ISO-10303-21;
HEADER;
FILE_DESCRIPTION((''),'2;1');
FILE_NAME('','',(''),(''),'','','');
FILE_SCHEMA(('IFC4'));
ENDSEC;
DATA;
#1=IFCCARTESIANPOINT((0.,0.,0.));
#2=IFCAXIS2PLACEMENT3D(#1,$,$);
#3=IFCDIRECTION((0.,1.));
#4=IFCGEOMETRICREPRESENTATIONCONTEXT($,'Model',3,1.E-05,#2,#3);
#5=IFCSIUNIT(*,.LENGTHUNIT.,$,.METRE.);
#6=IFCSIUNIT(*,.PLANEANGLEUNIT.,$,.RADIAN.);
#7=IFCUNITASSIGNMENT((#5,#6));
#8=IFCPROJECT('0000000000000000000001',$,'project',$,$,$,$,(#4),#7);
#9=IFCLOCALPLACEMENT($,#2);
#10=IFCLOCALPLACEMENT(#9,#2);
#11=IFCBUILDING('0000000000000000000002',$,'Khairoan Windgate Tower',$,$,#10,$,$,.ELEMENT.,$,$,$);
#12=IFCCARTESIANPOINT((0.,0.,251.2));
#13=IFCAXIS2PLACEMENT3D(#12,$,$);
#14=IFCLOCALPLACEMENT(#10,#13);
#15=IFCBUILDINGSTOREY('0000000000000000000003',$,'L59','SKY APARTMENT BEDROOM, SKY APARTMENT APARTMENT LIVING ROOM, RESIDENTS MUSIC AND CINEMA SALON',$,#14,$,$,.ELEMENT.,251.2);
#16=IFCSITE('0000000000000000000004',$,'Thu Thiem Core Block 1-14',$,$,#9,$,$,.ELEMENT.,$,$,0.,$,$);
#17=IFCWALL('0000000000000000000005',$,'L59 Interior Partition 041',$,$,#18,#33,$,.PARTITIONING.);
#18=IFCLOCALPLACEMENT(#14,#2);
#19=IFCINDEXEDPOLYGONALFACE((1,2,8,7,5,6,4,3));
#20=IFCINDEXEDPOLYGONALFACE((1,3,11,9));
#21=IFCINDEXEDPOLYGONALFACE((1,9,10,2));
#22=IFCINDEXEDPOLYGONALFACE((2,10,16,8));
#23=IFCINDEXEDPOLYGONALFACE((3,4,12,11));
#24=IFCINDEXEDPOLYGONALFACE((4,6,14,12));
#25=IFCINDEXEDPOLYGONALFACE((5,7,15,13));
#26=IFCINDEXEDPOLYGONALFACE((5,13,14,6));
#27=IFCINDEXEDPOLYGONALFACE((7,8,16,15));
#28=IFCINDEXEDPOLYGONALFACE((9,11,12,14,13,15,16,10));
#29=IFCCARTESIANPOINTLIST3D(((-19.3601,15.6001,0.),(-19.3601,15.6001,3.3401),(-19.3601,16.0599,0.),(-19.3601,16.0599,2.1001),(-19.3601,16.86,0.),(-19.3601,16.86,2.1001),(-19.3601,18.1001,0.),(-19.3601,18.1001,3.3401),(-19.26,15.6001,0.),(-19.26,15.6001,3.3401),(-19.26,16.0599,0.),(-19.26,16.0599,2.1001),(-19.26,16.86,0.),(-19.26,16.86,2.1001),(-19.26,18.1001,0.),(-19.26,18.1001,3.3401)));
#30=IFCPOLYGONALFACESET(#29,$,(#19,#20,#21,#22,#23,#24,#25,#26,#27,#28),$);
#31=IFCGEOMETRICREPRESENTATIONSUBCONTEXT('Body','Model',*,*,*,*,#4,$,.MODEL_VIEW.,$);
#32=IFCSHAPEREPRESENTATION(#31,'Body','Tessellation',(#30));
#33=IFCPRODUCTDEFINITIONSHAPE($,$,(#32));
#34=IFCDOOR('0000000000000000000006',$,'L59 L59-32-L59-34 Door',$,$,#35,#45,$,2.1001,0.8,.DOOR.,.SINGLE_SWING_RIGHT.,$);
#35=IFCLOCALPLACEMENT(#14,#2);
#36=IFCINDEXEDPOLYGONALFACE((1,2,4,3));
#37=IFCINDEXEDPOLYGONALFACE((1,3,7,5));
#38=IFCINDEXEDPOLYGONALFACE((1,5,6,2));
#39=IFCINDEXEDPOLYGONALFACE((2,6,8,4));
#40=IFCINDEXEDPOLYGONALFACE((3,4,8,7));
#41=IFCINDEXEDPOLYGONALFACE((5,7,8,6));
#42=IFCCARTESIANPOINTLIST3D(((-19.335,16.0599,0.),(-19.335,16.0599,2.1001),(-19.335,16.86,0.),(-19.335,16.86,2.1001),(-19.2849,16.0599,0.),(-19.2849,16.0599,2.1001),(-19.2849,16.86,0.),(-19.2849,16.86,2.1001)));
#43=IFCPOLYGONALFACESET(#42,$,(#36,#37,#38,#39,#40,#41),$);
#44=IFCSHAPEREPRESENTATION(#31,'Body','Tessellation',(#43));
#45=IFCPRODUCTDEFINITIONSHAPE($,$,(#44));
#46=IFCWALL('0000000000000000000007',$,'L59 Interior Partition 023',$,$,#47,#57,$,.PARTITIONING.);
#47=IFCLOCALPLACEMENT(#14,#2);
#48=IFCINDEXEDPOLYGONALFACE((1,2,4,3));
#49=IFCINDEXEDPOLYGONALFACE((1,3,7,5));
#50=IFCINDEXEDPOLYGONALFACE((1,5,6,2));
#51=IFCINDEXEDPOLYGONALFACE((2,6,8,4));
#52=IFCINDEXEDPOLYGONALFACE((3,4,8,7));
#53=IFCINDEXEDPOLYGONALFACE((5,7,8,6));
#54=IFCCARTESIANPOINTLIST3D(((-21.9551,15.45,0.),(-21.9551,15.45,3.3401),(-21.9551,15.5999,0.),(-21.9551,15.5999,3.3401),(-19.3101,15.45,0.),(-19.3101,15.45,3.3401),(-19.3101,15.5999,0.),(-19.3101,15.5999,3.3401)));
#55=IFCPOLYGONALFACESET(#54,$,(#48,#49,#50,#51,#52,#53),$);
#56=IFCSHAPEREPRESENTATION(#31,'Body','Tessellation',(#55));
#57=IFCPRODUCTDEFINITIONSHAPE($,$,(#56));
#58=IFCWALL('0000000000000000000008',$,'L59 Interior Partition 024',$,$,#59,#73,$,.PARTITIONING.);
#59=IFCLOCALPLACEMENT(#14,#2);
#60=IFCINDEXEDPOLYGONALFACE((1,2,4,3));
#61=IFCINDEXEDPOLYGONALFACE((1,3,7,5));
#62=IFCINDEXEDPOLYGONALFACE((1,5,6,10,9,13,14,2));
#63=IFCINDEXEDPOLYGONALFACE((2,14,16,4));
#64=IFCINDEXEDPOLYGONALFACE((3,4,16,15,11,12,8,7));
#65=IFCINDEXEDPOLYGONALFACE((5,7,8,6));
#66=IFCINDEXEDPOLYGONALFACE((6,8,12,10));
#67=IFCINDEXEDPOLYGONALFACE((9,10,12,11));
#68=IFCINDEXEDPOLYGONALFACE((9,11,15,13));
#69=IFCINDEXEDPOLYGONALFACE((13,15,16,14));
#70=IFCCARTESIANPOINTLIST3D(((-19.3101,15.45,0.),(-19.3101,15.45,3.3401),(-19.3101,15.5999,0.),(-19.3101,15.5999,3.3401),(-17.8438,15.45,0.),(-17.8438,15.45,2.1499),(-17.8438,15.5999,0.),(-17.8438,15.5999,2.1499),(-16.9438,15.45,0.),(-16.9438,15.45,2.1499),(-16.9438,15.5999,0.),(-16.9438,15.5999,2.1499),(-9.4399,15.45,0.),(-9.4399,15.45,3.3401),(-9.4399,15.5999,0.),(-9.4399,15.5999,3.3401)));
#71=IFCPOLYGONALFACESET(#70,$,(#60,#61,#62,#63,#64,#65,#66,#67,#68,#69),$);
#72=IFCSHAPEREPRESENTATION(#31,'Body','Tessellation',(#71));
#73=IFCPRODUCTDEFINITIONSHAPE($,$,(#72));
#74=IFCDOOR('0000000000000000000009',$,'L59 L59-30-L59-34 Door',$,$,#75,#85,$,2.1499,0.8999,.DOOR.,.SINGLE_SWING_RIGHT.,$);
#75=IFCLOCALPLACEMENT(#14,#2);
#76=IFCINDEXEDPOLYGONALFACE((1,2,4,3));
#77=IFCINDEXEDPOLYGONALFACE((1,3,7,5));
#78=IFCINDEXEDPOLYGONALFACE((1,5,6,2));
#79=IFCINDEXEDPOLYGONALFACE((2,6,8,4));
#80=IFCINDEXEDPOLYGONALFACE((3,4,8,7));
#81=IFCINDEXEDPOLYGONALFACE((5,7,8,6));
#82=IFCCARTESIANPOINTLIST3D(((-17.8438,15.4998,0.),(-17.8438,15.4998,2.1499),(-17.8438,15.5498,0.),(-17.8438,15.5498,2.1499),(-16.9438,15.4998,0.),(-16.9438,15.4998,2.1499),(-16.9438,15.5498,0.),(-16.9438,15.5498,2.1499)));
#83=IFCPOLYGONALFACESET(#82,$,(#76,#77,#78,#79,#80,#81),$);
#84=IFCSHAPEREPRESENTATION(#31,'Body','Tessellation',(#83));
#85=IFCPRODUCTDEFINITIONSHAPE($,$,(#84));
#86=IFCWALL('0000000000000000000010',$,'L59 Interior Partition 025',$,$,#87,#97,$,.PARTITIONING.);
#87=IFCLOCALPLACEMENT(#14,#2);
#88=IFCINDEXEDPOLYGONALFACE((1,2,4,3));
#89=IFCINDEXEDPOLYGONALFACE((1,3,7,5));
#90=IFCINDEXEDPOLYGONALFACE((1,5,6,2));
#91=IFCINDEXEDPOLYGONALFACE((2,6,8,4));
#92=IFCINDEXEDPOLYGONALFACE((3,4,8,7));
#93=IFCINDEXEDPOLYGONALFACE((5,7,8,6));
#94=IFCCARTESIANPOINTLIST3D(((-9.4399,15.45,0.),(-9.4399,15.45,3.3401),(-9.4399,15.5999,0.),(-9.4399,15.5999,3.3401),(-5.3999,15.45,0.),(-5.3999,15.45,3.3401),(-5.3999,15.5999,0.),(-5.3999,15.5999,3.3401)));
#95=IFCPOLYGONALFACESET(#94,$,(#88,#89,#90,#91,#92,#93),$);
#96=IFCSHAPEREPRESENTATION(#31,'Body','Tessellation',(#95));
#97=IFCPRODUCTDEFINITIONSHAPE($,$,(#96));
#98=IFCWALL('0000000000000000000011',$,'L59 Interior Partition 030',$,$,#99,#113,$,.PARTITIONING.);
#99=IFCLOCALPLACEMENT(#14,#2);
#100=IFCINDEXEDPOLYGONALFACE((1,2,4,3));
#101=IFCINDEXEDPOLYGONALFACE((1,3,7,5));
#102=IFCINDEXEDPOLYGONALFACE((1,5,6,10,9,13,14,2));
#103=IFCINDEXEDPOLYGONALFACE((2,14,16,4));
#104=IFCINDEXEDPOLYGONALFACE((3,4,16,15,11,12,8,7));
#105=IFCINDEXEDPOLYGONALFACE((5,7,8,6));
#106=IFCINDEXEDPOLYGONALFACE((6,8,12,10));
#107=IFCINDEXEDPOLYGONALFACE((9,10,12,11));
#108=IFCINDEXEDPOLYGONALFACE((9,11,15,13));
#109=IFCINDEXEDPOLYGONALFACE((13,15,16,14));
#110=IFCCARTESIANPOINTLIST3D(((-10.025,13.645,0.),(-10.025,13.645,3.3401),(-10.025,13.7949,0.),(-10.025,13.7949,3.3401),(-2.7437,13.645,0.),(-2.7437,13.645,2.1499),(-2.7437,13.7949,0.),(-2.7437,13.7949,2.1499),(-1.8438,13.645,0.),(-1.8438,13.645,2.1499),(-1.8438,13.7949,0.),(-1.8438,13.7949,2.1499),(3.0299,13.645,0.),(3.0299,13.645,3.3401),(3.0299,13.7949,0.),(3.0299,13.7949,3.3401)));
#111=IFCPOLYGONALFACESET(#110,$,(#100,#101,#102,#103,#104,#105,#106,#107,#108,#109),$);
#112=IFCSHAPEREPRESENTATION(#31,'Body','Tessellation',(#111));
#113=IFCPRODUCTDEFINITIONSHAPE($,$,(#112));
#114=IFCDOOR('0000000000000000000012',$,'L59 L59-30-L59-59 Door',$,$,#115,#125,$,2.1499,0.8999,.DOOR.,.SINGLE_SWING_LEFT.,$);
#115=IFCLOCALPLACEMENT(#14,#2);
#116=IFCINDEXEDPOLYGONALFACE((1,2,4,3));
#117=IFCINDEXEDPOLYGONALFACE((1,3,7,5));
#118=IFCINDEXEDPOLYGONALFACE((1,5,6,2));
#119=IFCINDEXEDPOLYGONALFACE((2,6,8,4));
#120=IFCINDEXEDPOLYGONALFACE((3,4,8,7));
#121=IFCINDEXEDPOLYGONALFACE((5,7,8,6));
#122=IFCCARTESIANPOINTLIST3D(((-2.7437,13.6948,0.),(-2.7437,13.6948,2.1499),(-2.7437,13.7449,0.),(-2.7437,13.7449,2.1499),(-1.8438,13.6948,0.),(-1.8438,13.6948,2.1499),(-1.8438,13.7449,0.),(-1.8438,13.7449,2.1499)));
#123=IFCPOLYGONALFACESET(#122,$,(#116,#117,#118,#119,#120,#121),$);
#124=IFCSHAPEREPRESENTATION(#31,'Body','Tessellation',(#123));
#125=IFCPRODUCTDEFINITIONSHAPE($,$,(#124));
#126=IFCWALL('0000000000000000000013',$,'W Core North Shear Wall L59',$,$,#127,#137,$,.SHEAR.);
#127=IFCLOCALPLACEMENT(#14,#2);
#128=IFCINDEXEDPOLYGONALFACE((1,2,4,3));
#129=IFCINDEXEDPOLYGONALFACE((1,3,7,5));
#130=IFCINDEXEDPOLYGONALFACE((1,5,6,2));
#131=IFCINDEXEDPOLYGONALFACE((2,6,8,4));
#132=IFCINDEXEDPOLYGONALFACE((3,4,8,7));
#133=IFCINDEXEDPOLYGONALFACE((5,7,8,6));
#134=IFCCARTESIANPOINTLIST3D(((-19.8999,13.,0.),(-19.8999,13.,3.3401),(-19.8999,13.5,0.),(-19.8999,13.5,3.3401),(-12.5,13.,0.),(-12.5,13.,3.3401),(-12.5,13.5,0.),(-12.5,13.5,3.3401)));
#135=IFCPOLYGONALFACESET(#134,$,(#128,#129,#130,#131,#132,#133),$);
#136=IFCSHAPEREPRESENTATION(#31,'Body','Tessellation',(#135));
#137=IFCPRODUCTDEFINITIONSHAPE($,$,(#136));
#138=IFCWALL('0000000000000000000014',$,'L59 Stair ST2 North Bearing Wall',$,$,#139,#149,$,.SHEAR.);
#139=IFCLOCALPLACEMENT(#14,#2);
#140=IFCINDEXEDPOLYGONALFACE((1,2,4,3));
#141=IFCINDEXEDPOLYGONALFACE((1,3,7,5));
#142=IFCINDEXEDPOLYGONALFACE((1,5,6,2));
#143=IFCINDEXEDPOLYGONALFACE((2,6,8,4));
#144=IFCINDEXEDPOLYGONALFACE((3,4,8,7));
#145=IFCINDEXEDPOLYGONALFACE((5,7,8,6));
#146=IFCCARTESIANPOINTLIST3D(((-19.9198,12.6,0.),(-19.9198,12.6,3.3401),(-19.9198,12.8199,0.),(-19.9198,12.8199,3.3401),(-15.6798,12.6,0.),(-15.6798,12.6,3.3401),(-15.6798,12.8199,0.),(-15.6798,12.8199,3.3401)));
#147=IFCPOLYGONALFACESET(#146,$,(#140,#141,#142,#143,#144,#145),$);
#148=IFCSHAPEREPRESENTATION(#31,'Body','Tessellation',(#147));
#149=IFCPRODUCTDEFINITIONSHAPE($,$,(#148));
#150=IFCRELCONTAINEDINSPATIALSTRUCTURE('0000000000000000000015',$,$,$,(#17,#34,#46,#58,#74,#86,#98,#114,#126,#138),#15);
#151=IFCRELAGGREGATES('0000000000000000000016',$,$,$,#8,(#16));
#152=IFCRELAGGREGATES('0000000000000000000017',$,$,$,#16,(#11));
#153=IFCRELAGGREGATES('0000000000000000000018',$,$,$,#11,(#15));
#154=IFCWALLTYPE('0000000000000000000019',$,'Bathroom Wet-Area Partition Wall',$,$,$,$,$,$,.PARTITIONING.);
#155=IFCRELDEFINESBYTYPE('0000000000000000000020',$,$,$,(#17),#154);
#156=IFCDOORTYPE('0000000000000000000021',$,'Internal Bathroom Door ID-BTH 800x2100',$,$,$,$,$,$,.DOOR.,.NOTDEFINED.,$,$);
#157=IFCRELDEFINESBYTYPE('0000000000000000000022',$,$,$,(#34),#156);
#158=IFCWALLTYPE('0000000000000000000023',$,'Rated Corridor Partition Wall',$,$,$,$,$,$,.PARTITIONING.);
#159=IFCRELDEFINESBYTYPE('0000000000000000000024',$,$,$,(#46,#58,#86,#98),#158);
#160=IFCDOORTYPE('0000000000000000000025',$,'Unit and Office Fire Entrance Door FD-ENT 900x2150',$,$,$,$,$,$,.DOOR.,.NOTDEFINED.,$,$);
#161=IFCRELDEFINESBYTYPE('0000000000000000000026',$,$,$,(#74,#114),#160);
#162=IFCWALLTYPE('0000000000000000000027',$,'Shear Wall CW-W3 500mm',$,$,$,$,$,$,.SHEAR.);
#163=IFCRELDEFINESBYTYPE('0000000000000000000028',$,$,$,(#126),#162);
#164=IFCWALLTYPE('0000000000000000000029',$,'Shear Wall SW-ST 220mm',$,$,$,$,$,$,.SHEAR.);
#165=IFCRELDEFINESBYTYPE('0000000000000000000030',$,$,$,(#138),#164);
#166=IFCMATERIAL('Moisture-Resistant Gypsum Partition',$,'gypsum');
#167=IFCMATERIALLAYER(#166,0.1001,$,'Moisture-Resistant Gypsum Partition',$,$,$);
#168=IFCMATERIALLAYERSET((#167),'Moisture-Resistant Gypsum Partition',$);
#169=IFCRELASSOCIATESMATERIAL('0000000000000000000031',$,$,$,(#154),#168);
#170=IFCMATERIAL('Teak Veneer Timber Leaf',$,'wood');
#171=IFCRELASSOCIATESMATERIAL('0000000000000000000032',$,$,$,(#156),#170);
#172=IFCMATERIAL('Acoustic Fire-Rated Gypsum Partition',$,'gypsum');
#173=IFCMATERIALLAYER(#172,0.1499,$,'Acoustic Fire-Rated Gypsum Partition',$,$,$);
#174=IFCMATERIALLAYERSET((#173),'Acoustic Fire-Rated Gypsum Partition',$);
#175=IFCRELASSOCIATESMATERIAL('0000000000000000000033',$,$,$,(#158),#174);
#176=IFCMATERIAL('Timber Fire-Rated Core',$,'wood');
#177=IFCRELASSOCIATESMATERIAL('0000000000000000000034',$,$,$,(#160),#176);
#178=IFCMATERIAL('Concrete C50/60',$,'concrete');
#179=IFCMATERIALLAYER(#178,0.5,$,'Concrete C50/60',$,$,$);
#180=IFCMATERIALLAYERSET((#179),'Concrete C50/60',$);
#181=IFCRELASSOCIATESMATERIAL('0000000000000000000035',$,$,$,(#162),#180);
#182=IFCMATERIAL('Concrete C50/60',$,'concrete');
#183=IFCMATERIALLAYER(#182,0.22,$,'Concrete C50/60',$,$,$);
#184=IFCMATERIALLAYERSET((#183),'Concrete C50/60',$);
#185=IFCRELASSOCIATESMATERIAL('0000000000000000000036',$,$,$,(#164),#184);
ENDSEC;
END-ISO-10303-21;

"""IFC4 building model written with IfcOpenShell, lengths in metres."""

from ifc_helpers import new_model, si_unit, direction, frame, frame_2d, origin, place, context, subcontext, project, spatial, rectangle, extrude, material, layer, layer_set, type_object, element, fill, save


model = new_model("IFC4")

# Units and contexts
model_context = context("Model", 3, precision=1e-05, world=origin(), true_north=direction((0.0, 1.0)))
body_context = subcontext(model_context, "Body", "Model", "MODEL_VIEW")
ifc_project = project(units=[si_unit("LENGTHUNIT", "METRE"), si_unit("PLANEANGLEUNIT", "RADIAN")], contexts=[model_context])

# Site, building, storey
site_placement = place(None, origin())
site = spatial("IfcSite", under=ifc_project, at=site_placement, Name="Thu Thiem Core Block 1-14", CompositionType="ELEMENT", RefElevation=0.0)
building_placement = place(site_placement, origin())
building = spatial("IfcBuilding", under=site, at=building_placement, Name="Khairoan Windgate Tower", CompositionType="ELEMENT")
storey_placement = place(building_placement, frame((0.0, 0.0, 251.2)))
storey = spatial("IfcBuildingStorey", under=building, at=storey_placement, Name="L59", Description="SKY APARTMENT BEDROOM, SKY APARTMENT APARTMENT LIVING ROOM, RESIDENTS MUSIC AND CINEMA SALON", CompositionType="ELEMENT", Elevation=251.2)

# Wall, opening, door
ifc_material_1 = material(Name="Moisture-Resistant Gypsum Partition", Category="gypsum")
ifc_layer_1 = layer(ifc_material_1, 0.1001, Name="Moisture-Resistant Gypsum Partition")
ifc_layer_set_1 = layer_set([ifc_layer_1], Name="Moisture-Resistant Gypsum Partition")
wall_type_1 = type_object("IfcWallType", Name="Bathroom Wet-Area Partition Wall", PredefinedType="PARTITIONING", material=ifc_layer_set_1)
wall_1_placement = place(storey_placement, frame((-19.3101, 15.6001, 0.0), z_axis=(0.0, 0.0, 1.0), x_axis=(0.0, 1.0, 0.0)))
wall_1 = element("IfcWall", 1, at=wall_1_placement, inside=storey, type_object=wall_type_1, Name="L59 Interior Partition 041", PredefinedType="PARTITIONING", context=body_context, shape_type="SweptSolid", body=[
    extrude(rectangle(XDim=2.5, YDim=0.1001, at=frame_2d((1.25, 0.0))), origin(), (0.0, 0.0, 1.0), 3.3401),
])
opening_1_placement = place(wall_1_placement, frame((0.46, 0.0, 0.0)))
opening_1 = element("IfcOpeningElement", 2, at=opening_1_placement, cuts=wall_1, PredefinedType="OPENING", context=body_context, shape_type="SweptSolid", body=[
    extrude(rectangle(XDim=0.8, YDim=2.1001, at=frame_2d((0.3999, 1.05))), frame((0.0, 0.0601, 0.0), z_axis=(0.0, -1.0, 0.0), x_axis=(1.0, 0.0, 0.0)), (0.0, 0.0, 1.0), 0.1201),
])
ifc_material_2 = material(Name="Teak Veneer Timber Leaf", Category="wood")
door_type_1 = type_object("IfcDoorType", Name="Internal Bathroom Door ID-BTH 800x2100", OperationType="NOTDEFINED", PredefinedType="DOOR", material=ifc_material_2)
door_1_placement = place(opening_1_placement, origin())
door_1 = element("IfcDoor", 3, at=door_1_placement, inside=storey, type_object=door_type_1, Name="L59 L59-32-L59-34 Door", OperationType="SINGLE_SWING_RIGHT", OverallHeight=2.1001, OverallWidth=0.8, PredefinedType="DOOR", context=body_context, shape_type="SweptSolid", body=[
    extrude(rectangle(XDim=0.8, YDim=2.1001, at=frame_2d((0.3999, 1.05))), frame((0.0, 0.0249, 0.0), z_axis=(0.0, -1.0, 0.0), x_axis=(1.0, 0.0, 0.0)), (0.0, 0.0, 1.0), 0.05),
])
fill(opening_1, door_1)

# Wall
ifc_material_3 = material(Name="Acoustic Fire-Rated Gypsum Partition", Category="gypsum")
ifc_layer_2 = layer(ifc_material_3, 0.1499, Name="Acoustic Fire-Rated Gypsum Partition")
ifc_layer_set_2 = layer_set([ifc_layer_2], Name="Acoustic Fire-Rated Gypsum Partition")
wall_type_2 = type_object("IfcWallType", Name="Rated Corridor Partition Wall", PredefinedType="PARTITIONING", material=ifc_layer_set_2)
wall_2_placement = place(storey_placement, frame((-21.9551, 15.5249, 0.0), z_axis=(0.0, 0.0, 1.0), x_axis=(1.0, 0.0, 0.0)))
element("IfcWall", 4, at=wall_2_placement, inside=storey, type_object=wall_type_2, Name="L59 Interior Partition 023", PredefinedType="PARTITIONING", context=body_context, shape_type="SweptSolid", body=[
    extrude(rectangle(XDim=2.645, YDim=0.1499, at=frame_2d((1.3225, 0.0))), origin(), (0.0, 0.0, 1.0), 3.3401),
])

# Wall, opening, door
wall_3_placement = place(storey_placement, frame((-19.3101, 15.5249, 0.0), z_axis=(0.0, 0.0, 1.0), x_axis=(1.0, 0.0, 0.0)))
wall_3 = element("IfcWall", 5, at=wall_3_placement, inside=storey, type_object=wall_type_2, Name="L59 Interior Partition 024", PredefinedType="PARTITIONING", context=body_context, shape_type="SweptSolid", body=[
    extrude(rectangle(XDim=9.8701, YDim=0.1499, at=frame_2d((4.9351, 0.0))), origin(), (0.0, 0.0, 1.0), 3.3401),
])
opening_2_placement = place(wall_3_placement, frame((1.4663, 0.0, 0.0)))
opening_2 = element("IfcOpeningElement", 6, at=opening_2_placement, cuts=wall_3, PredefinedType="OPENING", context=body_context, shape_type="SweptSolid", body=[
    extrude(rectangle(XDim=0.8999, YDim=2.1499, at=frame_2d((0.45, 1.075))), frame((0.0, 0.085, 0.0), z_axis=(0.0, -1.0, 0.0), x_axis=(1.0, 0.0, 0.0)), (0.0, 0.0, 1.0), 0.1699),
])
ifc_material_4 = material(Name="Timber Fire-Rated Core", Category="wood")
door_type_2 = type_object("IfcDoorType", Name="Unit and Office Fire Entrance Door FD-ENT 900x2150", OperationType="NOTDEFINED", PredefinedType="DOOR", material=ifc_material_4)
door_2_placement = place(opening_2_placement, origin())
door_2 = element("IfcDoor", 7, at=door_2_placement, inside=storey, type_object=door_type_2, Name="L59 L59-30-L59-34 Door", OperationType="SINGLE_SWING_RIGHT", OverallHeight=2.1499, OverallWidth=0.8999, PredefinedType="DOOR", context=body_context, shape_type="SweptSolid", body=[
    extrude(rectangle(XDim=0.8999, YDim=2.1499, at=frame_2d((0.45, 1.075))), frame((0.0, 0.0249, 0.0), z_axis=(0.0, -1.0, 0.0), x_axis=(1.0, 0.0, 0.0)), (0.0, 0.0, 1.0), 0.05),
])
fill(opening_2, door_2)

# Wall
wall_4_placement = place(storey_placement, frame((-9.4399, 15.5249, 0.0), z_axis=(0.0, 0.0, 1.0), x_axis=(1.0, 0.0, 0.0)))
element("IfcWall", 8, at=wall_4_placement, inside=storey, type_object=wall_type_2, Name="L59 Interior Partition 025", PredefinedType="PARTITIONING", context=body_context, shape_type="SweptSolid", body=[
    extrude(rectangle(XDim=4.04, YDim=0.1499, at=frame_2d((2.02, 0.0))), origin(), (0.0, 0.0, 1.0), 3.3401),
])

# Wall, opening, door
wall_5_placement = place(storey_placement, frame((-10.0249, 13.72, 0.0), z_axis=(0.0, 0.0, 1.0), x_axis=(1.0, 0.0, 0.0)))
wall_5 = element("IfcWall", 9, at=wall_5_placement, inside=storey, type_object=wall_type_2, Name="L59 Interior Partition 030", PredefinedType="PARTITIONING", context=body_context, shape_type="SweptSolid", body=[
    extrude(rectangle(XDim=13.0549, YDim=0.1499, at=frame_2d((6.5273, 0.0))), origin(), (0.0, 0.0, 1.0), 3.3401),
])
opening_3_placement = place(wall_5_placement, frame((7.2812, 0.0, 0.0)))
opening_3 = element("IfcOpeningElement", 10, at=opening_3_placement, cuts=wall_5, PredefinedType="OPENING", context=body_context, shape_type="SweptSolid", body=[
    extrude(rectangle(XDim=0.8999, YDim=2.1499, at=frame_2d((0.45, 1.075))), frame((0.0, 0.085, 0.0), z_axis=(0.0, -1.0, 0.0), x_axis=(1.0, 0.0, 0.0)), (0.0, 0.0, 1.0), 0.1699),
])
door_3_placement = place(opening_3_placement, origin())
door_3 = element("IfcDoor", 11, at=door_3_placement, inside=storey, type_object=door_type_2, Name="L59 L59-30-L59-59 Door", OperationType="SINGLE_SWING_LEFT", OverallHeight=2.1499, OverallWidth=0.8999, PredefinedType="DOOR", context=body_context, shape_type="SweptSolid", body=[
    extrude(rectangle(XDim=0.8999, YDim=2.1499, at=frame_2d((0.45, 1.075))), frame((0.0, 0.0249, 0.0), z_axis=(0.0, -1.0, 0.0), x_axis=(1.0, 0.0, 0.0)), (0.0, 0.0, 1.0), 0.05),
])
fill(opening_3, door_3)

# Walls
ifc_material_5 = material(Name="Concrete C50/60", Category="concrete")
ifc_layer_3 = layer(ifc_material_5, 0.5, Name="Concrete C50/60")
ifc_layer_set_3 = layer_set([ifc_layer_3], Name="Concrete C50/60")
wall_type_3 = type_object("IfcWallType", Name="Shear Wall CW-W3 500mm", PredefinedType="SHEAR", material=ifc_layer_set_3)
wall_6_placement = place(storey_placement, frame((-19.8999, 13.25, 0.0), z_axis=(0.0, 0.0, 1.0), x_axis=(1.0, 0.0, 0.0)))
element("IfcWall", 12, at=wall_6_placement, inside=storey, type_object=wall_type_3, Name="W Core North Shear Wall L59", PredefinedType="SHEAR", context=body_context, shape_type="SweptSolid", body=[
    extrude(rectangle(XDim=7.3999, YDim=0.5, at=frame_2d((3.7, 0.0))), origin(), (0.0, 0.0, 1.0), 3.3401),
])
ifc_material_6 = material(Name="Concrete C50/60", Category="concrete")
ifc_layer_4 = layer(ifc_material_6, 0.22, Name="Concrete C50/60")
ifc_layer_set_4 = layer_set([ifc_layer_4], Name="Concrete C50/60")
wall_type_4 = type_object("IfcWallType", Name="Shear Wall SW-ST 220mm", PredefinedType="SHEAR", material=ifc_layer_set_4)
wall_7_placement = place(storey_placement, frame((-19.9199, 12.71, 0.0), z_axis=(0.0, 0.0, 1.0), x_axis=(1.0, 0.0, 0.0)))
element("IfcWall", 13, at=wall_7_placement, inside=storey, type_object=wall_type_4, Name="L59 Stair ST2 North Bearing Wall", PredefinedType="SHEAR", context=body_context, shape_type="SweptSolid", body=[
    extrude(rectangle(XDim=4.24, YDim=0.22, at=frame_2d((2.1201, 0.0))), origin(), (0.0, 0.0, 1.0), 3.3401),
])

save(model, "model.ifc")
